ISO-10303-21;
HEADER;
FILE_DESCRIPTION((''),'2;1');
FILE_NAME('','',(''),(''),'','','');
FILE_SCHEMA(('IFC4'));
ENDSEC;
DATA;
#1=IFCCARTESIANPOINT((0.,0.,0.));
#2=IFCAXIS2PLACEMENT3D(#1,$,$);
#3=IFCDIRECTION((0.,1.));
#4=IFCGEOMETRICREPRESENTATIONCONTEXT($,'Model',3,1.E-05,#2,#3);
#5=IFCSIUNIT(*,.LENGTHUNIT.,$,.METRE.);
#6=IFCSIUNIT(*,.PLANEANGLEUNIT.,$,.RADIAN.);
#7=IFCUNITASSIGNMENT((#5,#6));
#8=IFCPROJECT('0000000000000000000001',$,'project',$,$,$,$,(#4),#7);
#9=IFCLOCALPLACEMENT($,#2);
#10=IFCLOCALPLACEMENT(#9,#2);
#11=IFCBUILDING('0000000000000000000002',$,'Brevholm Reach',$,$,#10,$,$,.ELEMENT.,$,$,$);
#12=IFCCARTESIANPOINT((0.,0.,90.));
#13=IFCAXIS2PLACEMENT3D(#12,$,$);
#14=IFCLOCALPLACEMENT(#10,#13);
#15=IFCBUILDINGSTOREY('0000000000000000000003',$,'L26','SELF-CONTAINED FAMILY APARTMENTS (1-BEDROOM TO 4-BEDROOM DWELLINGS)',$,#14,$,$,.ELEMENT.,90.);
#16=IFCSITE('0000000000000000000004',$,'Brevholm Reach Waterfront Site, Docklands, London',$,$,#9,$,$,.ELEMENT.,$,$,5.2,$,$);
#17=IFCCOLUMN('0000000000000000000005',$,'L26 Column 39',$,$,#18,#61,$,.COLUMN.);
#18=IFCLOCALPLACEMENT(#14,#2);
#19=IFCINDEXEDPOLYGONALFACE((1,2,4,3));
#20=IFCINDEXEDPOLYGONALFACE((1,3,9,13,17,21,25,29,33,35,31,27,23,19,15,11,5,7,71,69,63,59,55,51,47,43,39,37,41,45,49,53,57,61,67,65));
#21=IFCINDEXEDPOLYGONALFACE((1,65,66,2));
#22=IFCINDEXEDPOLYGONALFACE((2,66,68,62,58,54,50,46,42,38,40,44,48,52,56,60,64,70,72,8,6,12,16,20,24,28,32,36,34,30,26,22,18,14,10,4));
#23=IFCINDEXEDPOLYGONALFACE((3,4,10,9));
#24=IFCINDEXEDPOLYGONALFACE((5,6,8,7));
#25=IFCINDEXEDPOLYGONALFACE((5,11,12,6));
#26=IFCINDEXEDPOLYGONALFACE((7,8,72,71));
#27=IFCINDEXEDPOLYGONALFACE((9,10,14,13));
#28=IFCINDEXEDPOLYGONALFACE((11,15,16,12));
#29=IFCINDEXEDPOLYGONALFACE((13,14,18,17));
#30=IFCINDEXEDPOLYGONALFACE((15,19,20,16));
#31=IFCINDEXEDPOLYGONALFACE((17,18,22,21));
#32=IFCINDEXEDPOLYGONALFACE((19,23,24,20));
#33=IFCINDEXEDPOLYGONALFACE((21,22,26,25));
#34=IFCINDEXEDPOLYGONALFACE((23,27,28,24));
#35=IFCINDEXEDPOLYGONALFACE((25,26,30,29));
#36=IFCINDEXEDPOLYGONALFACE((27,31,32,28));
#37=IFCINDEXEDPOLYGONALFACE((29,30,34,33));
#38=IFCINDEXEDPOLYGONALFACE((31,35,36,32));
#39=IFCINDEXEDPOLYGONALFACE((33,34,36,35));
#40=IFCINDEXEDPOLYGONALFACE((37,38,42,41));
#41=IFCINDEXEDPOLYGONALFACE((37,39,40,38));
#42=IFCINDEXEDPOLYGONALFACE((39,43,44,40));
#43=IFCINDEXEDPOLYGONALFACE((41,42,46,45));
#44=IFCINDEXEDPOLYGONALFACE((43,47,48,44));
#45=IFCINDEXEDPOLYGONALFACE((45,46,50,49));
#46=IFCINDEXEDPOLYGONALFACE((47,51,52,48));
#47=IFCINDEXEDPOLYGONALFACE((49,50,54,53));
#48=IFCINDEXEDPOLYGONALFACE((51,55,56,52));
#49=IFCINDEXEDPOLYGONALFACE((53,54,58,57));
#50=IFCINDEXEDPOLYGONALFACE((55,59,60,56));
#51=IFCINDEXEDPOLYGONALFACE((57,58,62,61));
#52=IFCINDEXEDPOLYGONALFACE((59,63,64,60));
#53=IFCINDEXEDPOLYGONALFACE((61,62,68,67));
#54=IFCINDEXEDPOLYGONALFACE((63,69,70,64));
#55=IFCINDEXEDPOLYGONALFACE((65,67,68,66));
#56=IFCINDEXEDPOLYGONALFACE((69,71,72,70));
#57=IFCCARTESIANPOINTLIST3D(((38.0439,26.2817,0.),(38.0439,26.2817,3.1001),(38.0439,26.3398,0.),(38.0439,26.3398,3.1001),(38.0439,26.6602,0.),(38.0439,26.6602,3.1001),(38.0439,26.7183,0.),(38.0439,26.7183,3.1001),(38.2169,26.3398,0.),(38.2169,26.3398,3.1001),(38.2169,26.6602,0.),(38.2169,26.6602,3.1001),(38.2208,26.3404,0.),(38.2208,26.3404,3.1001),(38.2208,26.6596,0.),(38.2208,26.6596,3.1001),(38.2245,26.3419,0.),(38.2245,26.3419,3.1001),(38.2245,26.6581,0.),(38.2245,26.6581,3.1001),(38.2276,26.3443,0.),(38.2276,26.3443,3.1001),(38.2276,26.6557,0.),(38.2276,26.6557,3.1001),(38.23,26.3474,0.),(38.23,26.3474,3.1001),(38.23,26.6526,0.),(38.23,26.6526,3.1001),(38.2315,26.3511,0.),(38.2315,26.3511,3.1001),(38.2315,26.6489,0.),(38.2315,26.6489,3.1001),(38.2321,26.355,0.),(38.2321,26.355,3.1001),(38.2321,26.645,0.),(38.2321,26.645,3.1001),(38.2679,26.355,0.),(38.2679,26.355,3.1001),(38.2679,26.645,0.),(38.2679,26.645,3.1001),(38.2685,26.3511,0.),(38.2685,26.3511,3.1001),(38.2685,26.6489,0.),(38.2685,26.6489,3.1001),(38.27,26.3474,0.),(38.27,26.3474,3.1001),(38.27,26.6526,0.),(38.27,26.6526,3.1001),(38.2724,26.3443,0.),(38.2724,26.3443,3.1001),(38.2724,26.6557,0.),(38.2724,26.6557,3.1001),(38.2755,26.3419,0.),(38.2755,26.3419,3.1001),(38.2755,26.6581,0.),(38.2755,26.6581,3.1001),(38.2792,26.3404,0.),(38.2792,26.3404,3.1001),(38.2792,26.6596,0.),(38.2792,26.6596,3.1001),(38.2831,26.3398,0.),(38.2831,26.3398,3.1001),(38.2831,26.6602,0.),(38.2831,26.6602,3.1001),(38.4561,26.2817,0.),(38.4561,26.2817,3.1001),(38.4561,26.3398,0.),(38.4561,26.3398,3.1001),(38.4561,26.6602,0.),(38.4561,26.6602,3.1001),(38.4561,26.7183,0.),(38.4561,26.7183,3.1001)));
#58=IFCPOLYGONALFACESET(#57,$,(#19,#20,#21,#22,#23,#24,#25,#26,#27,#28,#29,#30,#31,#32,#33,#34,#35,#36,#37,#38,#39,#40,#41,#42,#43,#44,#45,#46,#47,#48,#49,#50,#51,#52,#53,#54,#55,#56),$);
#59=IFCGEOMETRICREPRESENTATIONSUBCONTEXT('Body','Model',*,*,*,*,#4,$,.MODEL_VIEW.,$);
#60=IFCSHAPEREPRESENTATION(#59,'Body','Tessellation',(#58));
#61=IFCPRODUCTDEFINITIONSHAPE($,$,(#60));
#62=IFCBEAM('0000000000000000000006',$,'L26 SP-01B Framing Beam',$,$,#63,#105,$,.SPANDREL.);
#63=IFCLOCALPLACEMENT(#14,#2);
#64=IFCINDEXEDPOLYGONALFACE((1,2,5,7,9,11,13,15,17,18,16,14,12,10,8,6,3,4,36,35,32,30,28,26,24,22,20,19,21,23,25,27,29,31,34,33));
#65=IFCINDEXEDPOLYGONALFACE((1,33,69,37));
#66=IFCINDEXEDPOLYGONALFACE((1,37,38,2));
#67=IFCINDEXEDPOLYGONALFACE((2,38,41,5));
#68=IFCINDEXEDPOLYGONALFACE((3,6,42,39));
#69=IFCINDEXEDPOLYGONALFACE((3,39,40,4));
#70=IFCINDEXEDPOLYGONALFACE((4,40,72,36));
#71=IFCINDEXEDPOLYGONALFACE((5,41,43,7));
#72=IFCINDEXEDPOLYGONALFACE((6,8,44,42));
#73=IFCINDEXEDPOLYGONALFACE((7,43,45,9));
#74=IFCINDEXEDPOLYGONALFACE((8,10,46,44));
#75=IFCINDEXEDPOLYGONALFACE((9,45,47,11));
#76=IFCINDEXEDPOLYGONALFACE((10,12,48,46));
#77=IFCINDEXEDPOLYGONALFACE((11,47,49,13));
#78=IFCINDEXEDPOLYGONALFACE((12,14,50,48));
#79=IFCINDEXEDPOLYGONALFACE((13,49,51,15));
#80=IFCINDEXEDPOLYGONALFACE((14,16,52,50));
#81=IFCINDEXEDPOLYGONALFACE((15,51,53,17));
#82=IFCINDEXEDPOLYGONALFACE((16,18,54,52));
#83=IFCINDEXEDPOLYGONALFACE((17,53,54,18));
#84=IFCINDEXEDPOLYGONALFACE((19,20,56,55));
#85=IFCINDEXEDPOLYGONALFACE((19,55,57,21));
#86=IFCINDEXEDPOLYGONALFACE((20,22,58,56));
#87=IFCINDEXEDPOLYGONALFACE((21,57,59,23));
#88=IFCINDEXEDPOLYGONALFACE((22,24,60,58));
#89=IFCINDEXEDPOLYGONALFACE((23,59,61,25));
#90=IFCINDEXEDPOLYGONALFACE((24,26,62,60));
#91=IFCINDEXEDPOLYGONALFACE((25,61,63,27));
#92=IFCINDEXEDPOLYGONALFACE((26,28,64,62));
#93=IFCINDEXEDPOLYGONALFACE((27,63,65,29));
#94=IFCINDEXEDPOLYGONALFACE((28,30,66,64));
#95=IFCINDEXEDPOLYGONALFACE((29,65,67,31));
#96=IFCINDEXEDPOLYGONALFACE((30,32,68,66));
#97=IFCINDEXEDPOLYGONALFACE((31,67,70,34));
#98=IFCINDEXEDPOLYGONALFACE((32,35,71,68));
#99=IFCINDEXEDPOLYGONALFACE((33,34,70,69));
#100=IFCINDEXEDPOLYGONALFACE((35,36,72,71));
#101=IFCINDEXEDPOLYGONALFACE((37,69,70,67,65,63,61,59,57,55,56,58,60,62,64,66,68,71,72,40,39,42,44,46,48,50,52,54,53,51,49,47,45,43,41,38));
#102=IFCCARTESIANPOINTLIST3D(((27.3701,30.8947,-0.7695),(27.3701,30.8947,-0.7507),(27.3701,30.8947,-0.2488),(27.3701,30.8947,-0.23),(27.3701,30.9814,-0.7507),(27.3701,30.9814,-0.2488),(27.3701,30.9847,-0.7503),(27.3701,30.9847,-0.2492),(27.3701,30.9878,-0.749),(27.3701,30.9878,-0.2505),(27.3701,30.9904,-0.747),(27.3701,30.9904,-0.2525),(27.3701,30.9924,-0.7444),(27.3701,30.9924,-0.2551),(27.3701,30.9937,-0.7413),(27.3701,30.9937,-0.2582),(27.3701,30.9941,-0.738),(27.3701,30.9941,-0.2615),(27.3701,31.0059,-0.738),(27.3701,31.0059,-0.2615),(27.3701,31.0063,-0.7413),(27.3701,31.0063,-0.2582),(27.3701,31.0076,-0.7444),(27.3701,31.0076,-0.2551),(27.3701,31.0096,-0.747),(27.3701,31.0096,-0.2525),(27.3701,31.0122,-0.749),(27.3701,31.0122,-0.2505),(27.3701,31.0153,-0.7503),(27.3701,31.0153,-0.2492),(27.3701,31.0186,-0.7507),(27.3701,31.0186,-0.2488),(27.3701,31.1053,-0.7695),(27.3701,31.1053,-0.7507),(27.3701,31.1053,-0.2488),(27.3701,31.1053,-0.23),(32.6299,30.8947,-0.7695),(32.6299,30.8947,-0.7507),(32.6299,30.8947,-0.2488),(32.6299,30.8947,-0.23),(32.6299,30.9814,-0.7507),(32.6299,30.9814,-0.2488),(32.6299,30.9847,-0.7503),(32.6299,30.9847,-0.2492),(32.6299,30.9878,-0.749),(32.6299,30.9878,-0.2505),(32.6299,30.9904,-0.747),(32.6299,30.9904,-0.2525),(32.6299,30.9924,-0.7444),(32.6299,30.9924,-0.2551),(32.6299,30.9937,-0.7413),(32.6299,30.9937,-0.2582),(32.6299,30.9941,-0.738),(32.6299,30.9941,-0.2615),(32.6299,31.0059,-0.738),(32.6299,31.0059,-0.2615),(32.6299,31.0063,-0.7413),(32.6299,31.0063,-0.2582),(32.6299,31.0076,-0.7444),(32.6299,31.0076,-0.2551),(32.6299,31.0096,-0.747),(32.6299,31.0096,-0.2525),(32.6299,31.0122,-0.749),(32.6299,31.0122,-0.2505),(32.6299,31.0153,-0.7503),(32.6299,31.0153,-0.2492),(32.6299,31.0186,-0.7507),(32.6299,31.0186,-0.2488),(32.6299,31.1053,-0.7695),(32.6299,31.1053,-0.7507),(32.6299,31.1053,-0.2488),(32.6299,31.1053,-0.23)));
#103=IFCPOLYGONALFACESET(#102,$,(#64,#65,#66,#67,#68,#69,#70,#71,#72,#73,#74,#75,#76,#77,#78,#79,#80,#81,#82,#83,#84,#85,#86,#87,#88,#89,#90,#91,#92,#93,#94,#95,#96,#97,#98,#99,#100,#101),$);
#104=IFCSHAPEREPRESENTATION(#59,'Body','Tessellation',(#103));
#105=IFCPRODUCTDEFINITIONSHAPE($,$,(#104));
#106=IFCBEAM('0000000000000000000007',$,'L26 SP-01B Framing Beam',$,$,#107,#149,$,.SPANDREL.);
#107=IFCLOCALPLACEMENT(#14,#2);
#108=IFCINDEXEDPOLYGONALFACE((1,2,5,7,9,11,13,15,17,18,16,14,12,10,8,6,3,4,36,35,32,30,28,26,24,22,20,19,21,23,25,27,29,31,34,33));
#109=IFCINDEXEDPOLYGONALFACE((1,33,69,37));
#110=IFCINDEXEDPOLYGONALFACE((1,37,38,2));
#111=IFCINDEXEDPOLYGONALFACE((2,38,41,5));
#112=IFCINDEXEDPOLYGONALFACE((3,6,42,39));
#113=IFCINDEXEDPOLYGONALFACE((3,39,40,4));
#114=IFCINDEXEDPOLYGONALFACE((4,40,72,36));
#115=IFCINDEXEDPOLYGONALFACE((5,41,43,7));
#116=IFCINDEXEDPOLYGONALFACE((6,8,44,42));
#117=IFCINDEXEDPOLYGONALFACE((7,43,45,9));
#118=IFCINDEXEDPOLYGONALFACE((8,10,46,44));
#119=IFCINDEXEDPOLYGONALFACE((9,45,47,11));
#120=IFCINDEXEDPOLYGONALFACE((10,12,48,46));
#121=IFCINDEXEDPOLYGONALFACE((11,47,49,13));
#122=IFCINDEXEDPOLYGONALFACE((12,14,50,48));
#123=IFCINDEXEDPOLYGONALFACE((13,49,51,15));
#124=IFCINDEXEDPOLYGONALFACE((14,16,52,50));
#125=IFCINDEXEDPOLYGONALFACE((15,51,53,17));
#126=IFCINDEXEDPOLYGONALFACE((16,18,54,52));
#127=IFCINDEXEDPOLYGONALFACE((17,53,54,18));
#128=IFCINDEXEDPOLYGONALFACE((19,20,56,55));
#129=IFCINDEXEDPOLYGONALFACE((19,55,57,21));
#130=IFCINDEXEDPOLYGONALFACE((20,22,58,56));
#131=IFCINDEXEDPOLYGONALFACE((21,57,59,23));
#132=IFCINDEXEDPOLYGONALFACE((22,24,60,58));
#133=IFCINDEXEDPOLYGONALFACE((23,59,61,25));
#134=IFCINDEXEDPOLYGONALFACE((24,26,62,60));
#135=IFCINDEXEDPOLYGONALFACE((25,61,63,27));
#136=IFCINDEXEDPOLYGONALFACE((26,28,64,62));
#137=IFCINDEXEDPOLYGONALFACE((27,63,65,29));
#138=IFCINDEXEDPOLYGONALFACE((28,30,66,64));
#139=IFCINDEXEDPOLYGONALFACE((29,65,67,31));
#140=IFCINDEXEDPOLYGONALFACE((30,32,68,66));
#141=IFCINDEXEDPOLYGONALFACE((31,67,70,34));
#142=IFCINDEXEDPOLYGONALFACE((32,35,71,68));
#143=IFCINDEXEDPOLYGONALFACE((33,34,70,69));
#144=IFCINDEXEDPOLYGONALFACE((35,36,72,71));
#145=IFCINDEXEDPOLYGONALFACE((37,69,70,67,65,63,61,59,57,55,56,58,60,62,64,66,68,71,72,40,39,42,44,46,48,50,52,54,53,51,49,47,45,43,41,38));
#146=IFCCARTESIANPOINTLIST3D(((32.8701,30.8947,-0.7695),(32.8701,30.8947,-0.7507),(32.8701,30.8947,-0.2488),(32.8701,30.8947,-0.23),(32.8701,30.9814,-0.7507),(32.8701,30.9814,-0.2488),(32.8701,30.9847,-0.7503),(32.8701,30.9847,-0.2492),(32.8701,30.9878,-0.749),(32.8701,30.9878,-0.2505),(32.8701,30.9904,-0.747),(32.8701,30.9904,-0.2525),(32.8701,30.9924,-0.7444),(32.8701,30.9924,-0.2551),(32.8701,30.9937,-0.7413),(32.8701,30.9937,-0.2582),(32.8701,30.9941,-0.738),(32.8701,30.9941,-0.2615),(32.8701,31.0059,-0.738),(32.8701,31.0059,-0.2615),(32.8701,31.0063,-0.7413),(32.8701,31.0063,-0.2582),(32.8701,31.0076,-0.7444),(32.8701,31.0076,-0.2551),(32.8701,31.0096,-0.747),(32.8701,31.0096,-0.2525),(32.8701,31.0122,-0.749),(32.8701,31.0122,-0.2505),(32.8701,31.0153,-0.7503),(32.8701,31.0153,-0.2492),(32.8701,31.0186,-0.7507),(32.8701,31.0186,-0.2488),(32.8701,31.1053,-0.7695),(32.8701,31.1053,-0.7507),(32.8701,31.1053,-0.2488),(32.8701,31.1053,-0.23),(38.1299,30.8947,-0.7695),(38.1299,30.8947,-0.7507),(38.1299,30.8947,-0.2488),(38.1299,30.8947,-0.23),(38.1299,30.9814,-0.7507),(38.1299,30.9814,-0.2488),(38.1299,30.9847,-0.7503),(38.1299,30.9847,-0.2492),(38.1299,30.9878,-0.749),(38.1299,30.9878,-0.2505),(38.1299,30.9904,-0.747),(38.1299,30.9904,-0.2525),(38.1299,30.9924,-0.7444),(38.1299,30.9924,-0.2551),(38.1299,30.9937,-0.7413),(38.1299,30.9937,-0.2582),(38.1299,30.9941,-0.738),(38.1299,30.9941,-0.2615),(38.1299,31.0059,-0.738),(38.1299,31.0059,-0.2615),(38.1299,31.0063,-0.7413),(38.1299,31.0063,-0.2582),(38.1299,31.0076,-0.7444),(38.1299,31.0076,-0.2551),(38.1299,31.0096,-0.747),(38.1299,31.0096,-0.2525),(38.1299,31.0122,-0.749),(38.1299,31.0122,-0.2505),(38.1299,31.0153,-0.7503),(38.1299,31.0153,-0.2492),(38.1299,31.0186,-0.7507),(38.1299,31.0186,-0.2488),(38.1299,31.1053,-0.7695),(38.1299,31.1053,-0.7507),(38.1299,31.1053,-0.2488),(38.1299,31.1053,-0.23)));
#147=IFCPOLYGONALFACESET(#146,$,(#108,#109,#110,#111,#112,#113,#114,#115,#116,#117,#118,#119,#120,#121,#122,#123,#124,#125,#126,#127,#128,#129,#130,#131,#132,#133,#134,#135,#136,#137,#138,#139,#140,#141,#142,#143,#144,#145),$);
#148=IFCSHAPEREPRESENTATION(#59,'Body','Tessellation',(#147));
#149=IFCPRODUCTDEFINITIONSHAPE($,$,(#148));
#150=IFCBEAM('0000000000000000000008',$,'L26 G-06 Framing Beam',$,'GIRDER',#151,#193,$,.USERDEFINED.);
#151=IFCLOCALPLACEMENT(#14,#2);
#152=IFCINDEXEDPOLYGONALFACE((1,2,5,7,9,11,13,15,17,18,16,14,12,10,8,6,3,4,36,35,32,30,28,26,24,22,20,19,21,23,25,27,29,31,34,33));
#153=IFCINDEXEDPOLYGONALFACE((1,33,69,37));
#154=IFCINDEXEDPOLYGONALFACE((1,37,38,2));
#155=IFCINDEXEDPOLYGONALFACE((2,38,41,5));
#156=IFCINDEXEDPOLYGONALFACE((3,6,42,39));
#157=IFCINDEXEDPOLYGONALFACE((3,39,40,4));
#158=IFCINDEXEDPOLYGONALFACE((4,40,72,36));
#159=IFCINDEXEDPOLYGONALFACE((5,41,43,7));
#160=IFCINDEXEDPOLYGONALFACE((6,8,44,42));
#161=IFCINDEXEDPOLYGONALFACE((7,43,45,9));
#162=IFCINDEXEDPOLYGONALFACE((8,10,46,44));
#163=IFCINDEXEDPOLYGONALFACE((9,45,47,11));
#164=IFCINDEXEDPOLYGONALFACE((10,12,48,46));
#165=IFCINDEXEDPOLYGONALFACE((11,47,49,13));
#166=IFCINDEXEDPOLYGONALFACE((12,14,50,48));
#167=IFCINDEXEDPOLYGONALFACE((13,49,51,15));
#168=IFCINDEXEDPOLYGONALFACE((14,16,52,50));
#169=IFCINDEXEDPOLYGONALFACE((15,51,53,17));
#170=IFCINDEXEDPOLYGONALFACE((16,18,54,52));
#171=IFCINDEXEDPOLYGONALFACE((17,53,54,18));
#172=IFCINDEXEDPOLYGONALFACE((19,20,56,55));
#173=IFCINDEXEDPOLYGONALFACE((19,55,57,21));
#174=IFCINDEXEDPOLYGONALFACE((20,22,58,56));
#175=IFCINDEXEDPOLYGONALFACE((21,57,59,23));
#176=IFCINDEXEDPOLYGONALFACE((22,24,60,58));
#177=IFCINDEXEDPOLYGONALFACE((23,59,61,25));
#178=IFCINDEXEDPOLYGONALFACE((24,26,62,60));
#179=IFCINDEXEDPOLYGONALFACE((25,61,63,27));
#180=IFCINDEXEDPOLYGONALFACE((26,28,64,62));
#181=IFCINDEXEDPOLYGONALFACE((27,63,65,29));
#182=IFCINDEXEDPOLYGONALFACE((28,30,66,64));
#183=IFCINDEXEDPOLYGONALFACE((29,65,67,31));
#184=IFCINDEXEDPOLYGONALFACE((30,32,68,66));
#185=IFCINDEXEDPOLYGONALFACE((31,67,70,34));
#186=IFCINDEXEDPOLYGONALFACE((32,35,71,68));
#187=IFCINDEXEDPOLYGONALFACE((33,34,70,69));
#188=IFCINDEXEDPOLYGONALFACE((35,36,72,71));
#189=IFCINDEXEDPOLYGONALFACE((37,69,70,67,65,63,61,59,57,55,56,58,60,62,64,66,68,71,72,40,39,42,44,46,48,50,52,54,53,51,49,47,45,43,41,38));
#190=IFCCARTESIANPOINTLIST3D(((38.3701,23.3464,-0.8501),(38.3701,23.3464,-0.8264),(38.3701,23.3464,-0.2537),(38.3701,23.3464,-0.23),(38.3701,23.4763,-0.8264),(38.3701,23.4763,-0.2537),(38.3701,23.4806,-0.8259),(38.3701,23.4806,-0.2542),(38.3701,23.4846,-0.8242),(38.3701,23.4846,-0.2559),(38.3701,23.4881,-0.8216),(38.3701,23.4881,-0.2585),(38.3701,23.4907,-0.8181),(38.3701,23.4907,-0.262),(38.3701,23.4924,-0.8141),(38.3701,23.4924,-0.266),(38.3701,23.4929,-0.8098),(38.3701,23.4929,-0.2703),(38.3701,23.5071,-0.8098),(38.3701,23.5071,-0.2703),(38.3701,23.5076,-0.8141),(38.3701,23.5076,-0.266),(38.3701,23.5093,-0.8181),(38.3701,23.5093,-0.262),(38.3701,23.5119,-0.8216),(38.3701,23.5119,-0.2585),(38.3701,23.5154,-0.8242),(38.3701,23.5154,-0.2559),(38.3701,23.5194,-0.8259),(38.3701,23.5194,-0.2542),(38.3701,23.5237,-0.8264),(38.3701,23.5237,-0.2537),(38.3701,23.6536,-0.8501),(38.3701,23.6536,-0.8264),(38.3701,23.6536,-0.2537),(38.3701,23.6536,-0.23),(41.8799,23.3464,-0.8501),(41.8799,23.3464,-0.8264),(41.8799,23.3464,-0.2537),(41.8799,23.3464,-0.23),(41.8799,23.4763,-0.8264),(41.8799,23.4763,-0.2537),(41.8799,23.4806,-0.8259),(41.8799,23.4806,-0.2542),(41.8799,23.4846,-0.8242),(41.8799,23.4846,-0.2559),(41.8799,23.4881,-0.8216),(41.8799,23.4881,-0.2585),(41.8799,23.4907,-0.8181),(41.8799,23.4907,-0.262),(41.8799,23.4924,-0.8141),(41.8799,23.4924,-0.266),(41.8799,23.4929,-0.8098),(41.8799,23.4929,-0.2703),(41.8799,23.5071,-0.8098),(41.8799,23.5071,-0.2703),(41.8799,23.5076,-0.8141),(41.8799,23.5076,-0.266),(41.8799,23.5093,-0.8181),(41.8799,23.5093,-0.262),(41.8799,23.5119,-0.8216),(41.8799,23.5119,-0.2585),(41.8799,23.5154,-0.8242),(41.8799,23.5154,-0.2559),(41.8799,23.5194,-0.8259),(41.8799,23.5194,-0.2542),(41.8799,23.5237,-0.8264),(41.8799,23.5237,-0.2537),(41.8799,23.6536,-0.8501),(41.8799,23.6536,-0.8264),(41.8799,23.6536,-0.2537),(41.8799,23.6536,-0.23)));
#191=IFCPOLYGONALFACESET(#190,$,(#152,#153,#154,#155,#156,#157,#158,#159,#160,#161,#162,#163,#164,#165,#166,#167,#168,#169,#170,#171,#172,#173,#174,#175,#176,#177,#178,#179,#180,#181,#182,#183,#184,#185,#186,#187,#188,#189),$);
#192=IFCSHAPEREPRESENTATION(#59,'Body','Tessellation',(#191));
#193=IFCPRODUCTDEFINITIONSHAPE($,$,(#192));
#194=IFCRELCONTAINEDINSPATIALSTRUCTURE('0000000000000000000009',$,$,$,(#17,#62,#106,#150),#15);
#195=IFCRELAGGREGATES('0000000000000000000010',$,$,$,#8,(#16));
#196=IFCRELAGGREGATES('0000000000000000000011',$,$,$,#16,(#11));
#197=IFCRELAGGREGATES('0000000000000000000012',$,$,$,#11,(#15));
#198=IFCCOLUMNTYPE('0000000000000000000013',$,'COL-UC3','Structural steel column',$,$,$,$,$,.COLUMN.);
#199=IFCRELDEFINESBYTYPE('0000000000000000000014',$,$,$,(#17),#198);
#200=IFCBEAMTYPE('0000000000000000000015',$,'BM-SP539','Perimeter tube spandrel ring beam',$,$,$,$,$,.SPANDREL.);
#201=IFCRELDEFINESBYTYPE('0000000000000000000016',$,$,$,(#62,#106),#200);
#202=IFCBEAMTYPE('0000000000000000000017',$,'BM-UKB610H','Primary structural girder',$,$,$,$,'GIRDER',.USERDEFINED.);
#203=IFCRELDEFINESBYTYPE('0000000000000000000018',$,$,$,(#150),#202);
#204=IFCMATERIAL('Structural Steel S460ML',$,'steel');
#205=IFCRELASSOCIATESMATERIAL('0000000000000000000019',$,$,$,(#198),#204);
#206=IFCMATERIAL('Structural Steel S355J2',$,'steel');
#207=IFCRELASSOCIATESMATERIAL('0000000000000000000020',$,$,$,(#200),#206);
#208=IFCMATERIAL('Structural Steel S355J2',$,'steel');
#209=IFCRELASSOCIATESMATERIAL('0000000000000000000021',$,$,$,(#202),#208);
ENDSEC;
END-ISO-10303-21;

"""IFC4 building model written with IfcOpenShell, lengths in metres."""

from ifc_helpers import new_model, si_unit, direction, frame, origin, origin_2d, place, context, subcontext, project, spatial, i_section, extrude, material, material_profile, profile_set, type_object, element, save


model = new_model("IFC4")

# Units and contexts
model_context = context("Model", 3, precision=1e-05, world=origin(), true_north=direction((0.0, 1.0)))
body_context = subcontext(model_context, "Body", "Model", "MODEL_VIEW")
ifc_project = project(units=[si_unit("LENGTHUNIT", "METRE"), si_unit("PLANEANGLEUNIT", "RADIAN")], contexts=[model_context])

# Site, building, storey
site_placement = place(None, origin())
site = spatial("IfcSite", under=ifc_project, at=site_placement, Name="Brevholm Reach Waterfront Site, Docklands, London", CompositionType="ELEMENT", RefElevation=5.2)
building_placement = place(site_placement, origin())
building = spatial("IfcBuilding", under=site, at=building_placement, Name="Brevholm Reach", CompositionType="ELEMENT")
storey_placement = place(building_placement, frame((0.0, 0.0, 90.0)))
storey = spatial("IfcBuildingStorey", under=building, at=storey_placement, Name="L26", Description="SELF-CONTAINED FAMILY APARTMENTS (1-BEDROOM TO 4-BEDROOM DWELLINGS)", CompositionType="ELEMENT", Elevation=90.0)

# Column
ifc_material_1 = material(Name="Structural Steel S460ML", Category="steel")
ifc_material_profile_1 = material_profile(ifc_material_1, i_section(OverallWidth=0.4121, OverallDepth=0.4365, WebThickness=0.0359, FlangeThickness=0.0581, FilletRadius=0.0151, at=origin_2d()), Name="UKC 356x406x467")
ifc_profile_set_1 = profile_set([ifc_material_profile_1], Name="Structural Steel S460ML")
column_type_1 = type_object("IfcColumnType", Name="COL-UC3", Description="Structural steel column", PredefinedType="COLUMN", material=ifc_profile_set_1)
for number, where, z_axis, x_axis, name in (
    (1, (38.25, 26.5, 0.0), (0.0, 0.0, 1.0), (1.0, 0.0, 0.0), "L26 Column 39"),
):
    element("IfcColumn", number, at=place(storey_placement, frame(where, z_axis=z_axis, x_axis=x_axis)), inside=storey, type_object=column_type_1, Name=name, PredefinedType="COLUMN", context=body_context, shape_type="SweptSolid", body=[
        extrude(i_section(OverallWidth=0.4121, OverallDepth=0.4365, WebThickness=0.0359, FlangeThickness=0.0581, FilletRadius=0.0151, at=origin_2d()), origin(), (0.0, 0.0, 1.0), 3.1001),
    ])

# Beams
ifc_material_2 = material(Name="Structural Steel S355J2", Category="steel")
ifc_material_profile_2 = material_profile(ifc_material_2, i_section(OverallWidth=0.2107, OverallDepth=0.5396, WebThickness=0.0117, FlangeThickness=0.0188, FilletRadius=0.0127, at=origin_2d()), Name="UKB 533x210x109")
ifc_profile_set_2 = profile_set([ifc_material_profile_2], Name="Structural Steel S355J2")
beam_type_1 = type_object("IfcBeamType", Name="BM-SP539", Description="Perimeter tube spandrel ring beam", PredefinedType="SPANDREL", material=ifc_profile_set_2)
for number, where, z_axis, x_axis, name in (
    (2, (27.3701, 31.0, -0.4998), (1.0, 0.0, 0.0), (0.0, 1.0, 0.0), "L26 SP-01B Framing Beam"),
    (3, (32.8701, 31.0, -0.4998), (1.0, 0.0, 0.0), (0.0, 1.0, 0.0), "L26 SP-01B Framing Beam"),
):
    element("IfcBeam", number, at=place(storey_placement, frame(where, z_axis=z_axis, x_axis=x_axis)), inside=storey, type_object=beam_type_1, Name=name, PredefinedType="SPANDREL", context=body_context, shape_type="SweptSolid", body=[
        extrude(i_section(OverallWidth=0.2107, OverallDepth=0.5396, WebThickness=0.0117, FlangeThickness=0.0188, FilletRadius=0.0127, at=origin_2d()), origin(), (0.0, 0.0, 1.0), 5.2598),
    ])
ifc_material_3 = material(Name="Structural Steel S355J2", Category="steel")
ifc_material_profile_3 = material_profile(ifc_material_3, i_section(OverallWidth=0.3071, OverallDepth=0.6201, WebThickness=0.0142, FlangeThickness=0.0237, FilletRadius=0.0166, at=origin_2d()), Name="UKB 610x305x179")
ifc_profile_set_3 = profile_set([ifc_material_profile_3], Name="Structural Steel S355J2")
beam_type_2 = type_object("IfcBeamType", Name="BM-UKB610H", Description="Primary structural girder", ElementType="GIRDER", PredefinedType="USERDEFINED", material=ifc_profile_set_3)
beam_1_placement = place(storey_placement, frame((38.3701, 23.5, -0.54), z_axis=(1.0, 0.0, 0.0), x_axis=(0.0, 1.0, 0.0)))
element("IfcBeam", 4, at=beam_1_placement, inside=storey, type_object=beam_type_2, Name="L26 G-06 Framing Beam", ObjectType="GIRDER", PredefinedType="USERDEFINED", context=body_context, shape_type="SweptSolid", body=[
    extrude(i_section(OverallWidth=0.3071, OverallDepth=0.6201, WebThickness=0.0142, FlangeThickness=0.0237, FilletRadius=0.0166, at=origin_2d()), origin(), (0.0, 0.0, 1.0), 3.5098),
])

save(model, "model.ifc")
